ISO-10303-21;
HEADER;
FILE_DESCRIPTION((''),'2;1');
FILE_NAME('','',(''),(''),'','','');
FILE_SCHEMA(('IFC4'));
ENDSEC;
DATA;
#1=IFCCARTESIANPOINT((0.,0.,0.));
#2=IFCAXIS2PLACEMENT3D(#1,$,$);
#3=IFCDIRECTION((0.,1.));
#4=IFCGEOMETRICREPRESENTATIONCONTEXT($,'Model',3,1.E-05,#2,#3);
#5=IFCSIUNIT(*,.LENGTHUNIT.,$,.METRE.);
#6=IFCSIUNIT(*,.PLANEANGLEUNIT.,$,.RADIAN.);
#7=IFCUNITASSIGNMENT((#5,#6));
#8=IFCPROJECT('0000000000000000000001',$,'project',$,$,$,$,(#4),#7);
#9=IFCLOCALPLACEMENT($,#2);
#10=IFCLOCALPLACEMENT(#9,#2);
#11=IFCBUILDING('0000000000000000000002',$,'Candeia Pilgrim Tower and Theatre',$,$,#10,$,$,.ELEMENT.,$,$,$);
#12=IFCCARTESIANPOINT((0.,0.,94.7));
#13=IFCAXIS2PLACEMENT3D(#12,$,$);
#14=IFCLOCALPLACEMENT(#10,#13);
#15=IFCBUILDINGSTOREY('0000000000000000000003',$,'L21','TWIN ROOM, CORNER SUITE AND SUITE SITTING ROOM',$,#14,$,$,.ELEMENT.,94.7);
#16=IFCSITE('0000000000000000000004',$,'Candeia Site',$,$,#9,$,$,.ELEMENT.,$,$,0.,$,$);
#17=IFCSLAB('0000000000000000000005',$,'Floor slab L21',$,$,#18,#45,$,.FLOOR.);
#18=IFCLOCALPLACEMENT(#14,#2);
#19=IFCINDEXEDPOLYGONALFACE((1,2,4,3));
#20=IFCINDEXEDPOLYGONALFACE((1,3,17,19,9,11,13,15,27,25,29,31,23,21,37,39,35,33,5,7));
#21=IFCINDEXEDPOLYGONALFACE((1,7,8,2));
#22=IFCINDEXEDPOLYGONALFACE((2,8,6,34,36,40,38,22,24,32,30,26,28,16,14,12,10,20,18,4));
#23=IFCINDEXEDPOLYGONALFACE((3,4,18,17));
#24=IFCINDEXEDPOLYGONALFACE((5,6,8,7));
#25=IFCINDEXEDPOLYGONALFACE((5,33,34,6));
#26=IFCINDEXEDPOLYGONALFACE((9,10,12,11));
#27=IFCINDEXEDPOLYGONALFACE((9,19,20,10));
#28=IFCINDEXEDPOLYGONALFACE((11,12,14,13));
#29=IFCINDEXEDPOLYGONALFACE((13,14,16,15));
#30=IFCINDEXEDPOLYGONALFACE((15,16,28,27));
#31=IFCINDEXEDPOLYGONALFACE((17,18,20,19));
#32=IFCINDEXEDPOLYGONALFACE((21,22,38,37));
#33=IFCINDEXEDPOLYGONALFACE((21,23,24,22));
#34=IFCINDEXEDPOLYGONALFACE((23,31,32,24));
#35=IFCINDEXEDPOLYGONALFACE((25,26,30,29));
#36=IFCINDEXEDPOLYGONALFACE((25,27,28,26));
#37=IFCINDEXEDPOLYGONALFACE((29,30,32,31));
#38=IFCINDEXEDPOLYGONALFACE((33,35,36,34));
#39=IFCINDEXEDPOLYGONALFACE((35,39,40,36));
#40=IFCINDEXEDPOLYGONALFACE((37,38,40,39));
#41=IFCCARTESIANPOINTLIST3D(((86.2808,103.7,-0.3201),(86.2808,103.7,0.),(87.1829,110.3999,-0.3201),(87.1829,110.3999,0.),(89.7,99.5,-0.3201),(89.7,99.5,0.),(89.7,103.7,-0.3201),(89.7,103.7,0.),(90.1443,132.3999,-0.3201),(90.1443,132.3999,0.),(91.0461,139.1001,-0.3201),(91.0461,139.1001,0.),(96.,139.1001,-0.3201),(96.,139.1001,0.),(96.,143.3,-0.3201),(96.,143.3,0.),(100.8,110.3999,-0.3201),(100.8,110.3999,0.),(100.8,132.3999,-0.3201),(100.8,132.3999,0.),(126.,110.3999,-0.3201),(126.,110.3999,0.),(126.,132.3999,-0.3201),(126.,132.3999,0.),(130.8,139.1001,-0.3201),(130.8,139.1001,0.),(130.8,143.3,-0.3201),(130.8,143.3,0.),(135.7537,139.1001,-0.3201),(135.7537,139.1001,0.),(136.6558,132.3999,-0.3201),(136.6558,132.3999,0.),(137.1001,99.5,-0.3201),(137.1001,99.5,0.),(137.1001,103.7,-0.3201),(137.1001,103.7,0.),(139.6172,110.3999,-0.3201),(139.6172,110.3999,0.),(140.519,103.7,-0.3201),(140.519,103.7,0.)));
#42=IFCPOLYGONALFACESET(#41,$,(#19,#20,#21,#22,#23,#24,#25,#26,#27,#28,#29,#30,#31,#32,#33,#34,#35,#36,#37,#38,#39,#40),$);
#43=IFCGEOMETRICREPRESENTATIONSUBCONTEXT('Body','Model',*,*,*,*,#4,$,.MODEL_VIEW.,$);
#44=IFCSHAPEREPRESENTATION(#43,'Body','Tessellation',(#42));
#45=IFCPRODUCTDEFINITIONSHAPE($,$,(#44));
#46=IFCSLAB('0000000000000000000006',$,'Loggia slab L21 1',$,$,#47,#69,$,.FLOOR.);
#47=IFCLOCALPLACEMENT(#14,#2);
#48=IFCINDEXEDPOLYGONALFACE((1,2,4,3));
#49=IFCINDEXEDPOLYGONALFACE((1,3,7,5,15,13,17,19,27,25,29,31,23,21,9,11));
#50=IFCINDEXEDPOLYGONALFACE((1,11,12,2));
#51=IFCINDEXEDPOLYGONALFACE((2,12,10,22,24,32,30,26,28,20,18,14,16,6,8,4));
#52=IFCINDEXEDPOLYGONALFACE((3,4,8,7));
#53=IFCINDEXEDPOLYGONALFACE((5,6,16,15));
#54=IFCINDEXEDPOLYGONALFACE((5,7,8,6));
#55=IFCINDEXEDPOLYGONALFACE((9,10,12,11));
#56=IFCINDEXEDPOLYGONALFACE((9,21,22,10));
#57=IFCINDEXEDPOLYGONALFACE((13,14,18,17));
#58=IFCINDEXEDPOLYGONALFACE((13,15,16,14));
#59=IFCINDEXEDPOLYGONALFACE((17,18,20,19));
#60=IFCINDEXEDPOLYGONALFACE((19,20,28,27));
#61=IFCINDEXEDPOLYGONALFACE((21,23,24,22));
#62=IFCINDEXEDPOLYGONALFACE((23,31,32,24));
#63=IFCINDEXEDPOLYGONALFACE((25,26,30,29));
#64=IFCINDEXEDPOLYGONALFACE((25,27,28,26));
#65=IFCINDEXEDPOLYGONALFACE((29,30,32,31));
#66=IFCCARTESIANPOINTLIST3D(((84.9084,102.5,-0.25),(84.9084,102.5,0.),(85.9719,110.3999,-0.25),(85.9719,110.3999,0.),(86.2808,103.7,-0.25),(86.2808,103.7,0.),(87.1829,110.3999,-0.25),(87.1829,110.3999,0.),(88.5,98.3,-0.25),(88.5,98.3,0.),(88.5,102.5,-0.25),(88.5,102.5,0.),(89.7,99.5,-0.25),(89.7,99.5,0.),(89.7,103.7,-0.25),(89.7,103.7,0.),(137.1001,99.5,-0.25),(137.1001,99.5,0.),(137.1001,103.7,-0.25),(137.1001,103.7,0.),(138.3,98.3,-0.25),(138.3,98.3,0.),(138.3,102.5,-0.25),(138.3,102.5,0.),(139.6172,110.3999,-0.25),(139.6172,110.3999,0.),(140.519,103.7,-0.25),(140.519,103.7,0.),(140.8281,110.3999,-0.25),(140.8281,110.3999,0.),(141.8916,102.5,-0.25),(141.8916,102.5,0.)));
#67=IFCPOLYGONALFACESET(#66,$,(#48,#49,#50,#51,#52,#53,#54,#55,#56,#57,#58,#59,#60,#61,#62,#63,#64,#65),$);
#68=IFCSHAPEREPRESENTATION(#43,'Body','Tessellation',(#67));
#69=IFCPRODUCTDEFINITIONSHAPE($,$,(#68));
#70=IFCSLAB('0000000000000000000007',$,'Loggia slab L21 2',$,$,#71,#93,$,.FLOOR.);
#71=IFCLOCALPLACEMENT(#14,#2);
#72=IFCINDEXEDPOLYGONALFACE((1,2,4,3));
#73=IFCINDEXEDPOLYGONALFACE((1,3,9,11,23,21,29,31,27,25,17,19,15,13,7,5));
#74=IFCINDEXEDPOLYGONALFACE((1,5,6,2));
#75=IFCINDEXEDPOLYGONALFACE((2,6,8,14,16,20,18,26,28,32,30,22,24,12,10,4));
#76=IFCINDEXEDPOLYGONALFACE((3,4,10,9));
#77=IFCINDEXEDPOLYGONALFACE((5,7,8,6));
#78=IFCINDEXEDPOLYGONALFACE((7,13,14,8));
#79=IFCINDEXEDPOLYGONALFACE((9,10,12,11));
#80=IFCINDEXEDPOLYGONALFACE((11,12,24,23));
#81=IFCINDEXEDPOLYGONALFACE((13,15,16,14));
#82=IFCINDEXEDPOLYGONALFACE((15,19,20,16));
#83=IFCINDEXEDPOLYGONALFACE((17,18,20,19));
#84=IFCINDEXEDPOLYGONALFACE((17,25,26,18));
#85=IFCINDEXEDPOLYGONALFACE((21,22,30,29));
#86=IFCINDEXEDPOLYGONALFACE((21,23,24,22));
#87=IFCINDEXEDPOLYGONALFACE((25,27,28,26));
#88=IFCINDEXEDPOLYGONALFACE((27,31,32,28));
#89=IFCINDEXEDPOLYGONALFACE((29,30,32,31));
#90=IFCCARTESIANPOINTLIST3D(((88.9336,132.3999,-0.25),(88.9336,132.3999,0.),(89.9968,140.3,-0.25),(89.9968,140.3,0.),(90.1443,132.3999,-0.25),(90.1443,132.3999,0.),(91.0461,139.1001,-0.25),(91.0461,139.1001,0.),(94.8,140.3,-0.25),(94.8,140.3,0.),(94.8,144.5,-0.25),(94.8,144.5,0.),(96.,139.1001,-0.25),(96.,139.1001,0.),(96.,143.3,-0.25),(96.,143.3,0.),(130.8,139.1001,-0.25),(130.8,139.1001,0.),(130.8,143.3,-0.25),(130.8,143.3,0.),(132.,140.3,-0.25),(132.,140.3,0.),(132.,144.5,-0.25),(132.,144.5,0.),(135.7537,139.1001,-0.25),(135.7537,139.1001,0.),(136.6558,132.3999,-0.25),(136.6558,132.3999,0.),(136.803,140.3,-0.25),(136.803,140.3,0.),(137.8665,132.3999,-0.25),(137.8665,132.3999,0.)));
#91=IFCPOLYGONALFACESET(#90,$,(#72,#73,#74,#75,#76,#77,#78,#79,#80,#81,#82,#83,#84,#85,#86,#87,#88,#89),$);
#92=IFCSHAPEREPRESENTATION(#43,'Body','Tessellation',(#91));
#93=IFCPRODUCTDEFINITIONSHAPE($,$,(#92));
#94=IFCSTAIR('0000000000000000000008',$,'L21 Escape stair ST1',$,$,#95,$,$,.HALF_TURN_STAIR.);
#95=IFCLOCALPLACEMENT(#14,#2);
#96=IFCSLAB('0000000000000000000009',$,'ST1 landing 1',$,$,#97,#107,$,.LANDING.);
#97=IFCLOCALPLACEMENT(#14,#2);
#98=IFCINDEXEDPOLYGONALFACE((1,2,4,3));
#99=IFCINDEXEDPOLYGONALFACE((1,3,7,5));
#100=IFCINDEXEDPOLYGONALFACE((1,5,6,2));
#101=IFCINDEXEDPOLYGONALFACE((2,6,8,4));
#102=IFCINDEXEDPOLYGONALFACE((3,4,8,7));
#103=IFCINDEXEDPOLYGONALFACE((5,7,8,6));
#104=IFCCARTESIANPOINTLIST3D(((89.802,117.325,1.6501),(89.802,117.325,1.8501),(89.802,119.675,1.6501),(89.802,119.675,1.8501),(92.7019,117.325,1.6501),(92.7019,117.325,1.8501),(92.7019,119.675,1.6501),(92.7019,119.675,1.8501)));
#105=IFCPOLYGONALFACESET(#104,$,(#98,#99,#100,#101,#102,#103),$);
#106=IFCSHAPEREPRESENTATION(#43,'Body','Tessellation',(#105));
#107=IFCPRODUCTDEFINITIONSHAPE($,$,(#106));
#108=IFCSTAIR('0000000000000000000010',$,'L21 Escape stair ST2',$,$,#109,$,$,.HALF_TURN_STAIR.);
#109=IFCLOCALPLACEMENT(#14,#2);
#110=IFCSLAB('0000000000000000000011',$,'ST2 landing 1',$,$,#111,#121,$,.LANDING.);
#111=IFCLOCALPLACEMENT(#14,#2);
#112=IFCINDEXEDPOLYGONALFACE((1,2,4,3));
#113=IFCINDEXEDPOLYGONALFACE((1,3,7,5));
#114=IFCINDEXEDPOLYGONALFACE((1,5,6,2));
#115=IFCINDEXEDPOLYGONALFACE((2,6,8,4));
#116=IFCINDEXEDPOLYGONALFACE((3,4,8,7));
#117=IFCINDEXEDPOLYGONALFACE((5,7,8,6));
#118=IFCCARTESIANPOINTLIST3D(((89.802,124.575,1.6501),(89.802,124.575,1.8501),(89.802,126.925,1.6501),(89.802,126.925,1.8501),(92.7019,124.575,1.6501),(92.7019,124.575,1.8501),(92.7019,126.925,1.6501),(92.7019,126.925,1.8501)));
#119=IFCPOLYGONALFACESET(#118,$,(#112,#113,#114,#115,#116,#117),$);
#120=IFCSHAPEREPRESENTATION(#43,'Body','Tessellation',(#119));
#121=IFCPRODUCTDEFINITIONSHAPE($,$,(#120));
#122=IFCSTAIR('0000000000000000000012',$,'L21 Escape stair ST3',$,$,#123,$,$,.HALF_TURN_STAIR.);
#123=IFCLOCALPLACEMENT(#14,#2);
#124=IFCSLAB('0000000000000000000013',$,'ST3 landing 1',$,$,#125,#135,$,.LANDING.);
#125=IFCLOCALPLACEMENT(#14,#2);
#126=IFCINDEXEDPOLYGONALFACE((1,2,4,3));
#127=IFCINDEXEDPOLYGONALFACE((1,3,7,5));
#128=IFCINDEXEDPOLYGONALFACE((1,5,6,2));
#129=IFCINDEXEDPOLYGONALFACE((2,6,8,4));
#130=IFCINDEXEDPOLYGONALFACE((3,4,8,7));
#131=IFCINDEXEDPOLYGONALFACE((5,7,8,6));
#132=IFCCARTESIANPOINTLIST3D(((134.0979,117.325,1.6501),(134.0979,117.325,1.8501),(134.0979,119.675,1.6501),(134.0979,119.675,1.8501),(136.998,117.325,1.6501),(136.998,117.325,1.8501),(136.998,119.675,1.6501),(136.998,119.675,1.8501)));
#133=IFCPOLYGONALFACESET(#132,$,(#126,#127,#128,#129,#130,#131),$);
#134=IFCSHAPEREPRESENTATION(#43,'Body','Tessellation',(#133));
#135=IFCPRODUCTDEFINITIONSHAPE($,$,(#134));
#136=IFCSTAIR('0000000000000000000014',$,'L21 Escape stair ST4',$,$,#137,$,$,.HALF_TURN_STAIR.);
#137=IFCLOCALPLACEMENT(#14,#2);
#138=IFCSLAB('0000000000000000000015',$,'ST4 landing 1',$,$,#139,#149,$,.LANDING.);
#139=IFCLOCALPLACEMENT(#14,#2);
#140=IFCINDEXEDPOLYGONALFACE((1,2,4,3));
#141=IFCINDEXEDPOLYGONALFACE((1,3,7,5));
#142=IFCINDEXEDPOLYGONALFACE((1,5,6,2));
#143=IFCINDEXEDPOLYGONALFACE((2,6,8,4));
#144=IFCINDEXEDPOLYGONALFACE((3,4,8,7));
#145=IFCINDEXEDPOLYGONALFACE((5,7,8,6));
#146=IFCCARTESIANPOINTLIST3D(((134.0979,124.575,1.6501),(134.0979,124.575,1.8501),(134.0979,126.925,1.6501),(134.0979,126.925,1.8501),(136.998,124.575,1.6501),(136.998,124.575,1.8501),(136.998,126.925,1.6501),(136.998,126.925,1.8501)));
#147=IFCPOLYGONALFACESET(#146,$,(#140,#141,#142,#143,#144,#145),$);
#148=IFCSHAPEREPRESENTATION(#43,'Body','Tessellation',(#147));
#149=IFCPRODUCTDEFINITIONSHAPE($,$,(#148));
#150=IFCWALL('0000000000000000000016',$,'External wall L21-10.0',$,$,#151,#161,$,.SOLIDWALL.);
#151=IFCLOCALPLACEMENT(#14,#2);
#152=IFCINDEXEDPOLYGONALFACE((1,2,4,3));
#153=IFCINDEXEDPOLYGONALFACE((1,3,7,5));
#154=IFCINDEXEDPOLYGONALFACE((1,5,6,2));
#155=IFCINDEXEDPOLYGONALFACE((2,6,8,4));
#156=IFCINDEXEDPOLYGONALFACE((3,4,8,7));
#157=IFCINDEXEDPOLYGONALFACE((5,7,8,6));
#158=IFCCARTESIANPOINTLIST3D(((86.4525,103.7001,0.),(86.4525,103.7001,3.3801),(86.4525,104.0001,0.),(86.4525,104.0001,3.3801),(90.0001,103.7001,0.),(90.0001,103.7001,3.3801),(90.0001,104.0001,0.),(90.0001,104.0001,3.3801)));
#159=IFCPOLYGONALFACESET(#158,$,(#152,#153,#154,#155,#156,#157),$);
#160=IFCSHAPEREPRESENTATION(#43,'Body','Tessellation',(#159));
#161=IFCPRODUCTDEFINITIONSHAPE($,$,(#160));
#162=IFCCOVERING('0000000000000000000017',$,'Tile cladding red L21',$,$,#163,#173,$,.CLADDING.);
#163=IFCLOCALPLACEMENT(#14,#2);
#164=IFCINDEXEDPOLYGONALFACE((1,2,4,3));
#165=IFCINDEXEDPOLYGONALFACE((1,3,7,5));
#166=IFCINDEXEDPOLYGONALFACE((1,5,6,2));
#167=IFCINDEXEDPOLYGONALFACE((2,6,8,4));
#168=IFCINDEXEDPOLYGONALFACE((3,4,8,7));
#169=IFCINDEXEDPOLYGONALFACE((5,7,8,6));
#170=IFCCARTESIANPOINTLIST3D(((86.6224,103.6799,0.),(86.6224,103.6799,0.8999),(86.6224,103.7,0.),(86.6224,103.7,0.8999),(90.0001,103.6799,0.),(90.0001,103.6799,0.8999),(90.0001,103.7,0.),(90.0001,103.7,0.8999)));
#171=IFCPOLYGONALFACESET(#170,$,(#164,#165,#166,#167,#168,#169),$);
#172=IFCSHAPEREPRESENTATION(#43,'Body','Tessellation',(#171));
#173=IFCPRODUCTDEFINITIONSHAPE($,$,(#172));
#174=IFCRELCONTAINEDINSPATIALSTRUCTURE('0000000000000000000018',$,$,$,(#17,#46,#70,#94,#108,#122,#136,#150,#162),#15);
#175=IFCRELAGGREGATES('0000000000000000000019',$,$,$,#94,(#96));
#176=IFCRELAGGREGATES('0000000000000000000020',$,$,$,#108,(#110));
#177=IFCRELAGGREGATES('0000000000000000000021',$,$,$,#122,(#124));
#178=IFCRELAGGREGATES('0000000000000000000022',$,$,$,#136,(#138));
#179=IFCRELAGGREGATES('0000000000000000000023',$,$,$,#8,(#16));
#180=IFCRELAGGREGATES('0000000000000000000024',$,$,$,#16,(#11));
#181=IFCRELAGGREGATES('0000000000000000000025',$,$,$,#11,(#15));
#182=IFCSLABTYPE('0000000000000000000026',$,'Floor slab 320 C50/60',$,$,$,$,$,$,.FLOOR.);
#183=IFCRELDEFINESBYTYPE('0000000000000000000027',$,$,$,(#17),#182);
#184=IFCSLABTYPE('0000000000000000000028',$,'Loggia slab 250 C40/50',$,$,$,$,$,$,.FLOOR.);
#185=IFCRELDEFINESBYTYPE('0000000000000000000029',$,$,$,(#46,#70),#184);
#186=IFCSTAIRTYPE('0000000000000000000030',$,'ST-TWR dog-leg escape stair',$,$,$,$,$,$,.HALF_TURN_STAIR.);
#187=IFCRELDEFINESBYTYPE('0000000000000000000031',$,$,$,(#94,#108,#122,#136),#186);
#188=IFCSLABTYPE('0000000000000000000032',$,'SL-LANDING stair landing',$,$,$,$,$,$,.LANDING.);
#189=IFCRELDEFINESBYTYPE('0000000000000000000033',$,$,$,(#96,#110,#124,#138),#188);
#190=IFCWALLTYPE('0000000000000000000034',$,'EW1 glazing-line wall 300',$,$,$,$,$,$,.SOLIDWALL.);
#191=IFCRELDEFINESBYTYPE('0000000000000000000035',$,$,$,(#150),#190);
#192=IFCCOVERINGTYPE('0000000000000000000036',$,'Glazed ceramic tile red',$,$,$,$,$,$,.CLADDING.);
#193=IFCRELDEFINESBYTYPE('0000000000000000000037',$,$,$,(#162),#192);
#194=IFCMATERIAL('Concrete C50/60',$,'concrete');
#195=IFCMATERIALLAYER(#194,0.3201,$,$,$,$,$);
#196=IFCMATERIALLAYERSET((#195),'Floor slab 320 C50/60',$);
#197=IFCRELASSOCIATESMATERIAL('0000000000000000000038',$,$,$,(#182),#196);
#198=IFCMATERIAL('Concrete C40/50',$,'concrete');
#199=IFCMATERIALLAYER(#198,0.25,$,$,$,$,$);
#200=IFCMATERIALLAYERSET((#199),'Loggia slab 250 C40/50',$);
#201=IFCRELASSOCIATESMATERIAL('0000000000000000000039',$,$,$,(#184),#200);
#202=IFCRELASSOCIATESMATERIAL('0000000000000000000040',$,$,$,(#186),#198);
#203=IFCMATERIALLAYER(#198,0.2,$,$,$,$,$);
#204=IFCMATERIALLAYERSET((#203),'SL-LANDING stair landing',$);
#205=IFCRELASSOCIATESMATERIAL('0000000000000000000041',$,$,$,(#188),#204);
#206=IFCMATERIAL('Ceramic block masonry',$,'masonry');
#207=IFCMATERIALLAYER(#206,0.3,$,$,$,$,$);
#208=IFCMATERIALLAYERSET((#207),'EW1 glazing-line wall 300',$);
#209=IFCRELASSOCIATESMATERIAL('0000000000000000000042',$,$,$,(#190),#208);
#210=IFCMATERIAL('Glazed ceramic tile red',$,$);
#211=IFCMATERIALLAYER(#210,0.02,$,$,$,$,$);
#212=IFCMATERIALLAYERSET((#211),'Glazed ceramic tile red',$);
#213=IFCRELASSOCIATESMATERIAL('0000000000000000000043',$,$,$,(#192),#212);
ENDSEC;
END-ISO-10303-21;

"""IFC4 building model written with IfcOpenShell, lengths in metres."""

from ifc_helpers import new_model, si_unit, direction, frame, frame_2d, origin, origin_2d, place, context, subcontext, project, spatial, polyline, rectangle, outline, extrude, material, layer, layer_set, type_object, element, aggregate, save


model = new_model("IFC4")

# Units and contexts
model_context = context("Model", 3, precision=1e-05, world=origin(), true_north=direction((0.0, 1.0)))
body_context = subcontext(model_context, "Body", "Model", "MODEL_VIEW")
ifc_project = project(units=[si_unit("LENGTHUNIT", "METRE"), si_unit("PLANEANGLEUNIT", "RADIAN")], contexts=[model_context])

# Site, building, storey
site_placement = place(None, origin())
site = spatial("IfcSite", under=ifc_project, at=site_placement, Name="Candeia Site", CompositionType="ELEMENT", RefElevation=0.0)
building_placement = place(site_placement, origin())
building = spatial("IfcBuilding", under=site, at=building_placement, Name="Candeia Pilgrim Tower and Theatre", CompositionType="ELEMENT")
storey_placement = place(building_placement, frame((0.0, 0.0, 94.7)))
storey = spatial("IfcBuildingStorey", under=building, at=storey_placement, Name="L21", Description="TWIN ROOM, CORNER SUITE AND SUITE SITTING ROOM", CompositionType="ELEMENT", Elevation=94.7)

# Slabs
ifc_material_1 = material(Name="Concrete C40/50", Category="concrete")
ifc_material_2 = material(Name="Concrete C50/60", Category="concrete")
ifc_layer_1 = layer(ifc_material_2, 0.3201)
ifc_layer_set_1 = layer_set([ifc_layer_1], Name="Floor slab 320 C50/60")
slab_type_1 = type_object("IfcSlabType", Name="Floor slab 320 C50/60", PredefinedType="FLOOR", material=ifc_layer_set_1)
slab_1_placement = place(storey_placement, frame((0.0, 0.0, -0.3201)))
element("IfcSlab", 1, at=slab_1_placement, inside=storey, type_object=slab_type_1, Name="Floor slab L21", PredefinedType="FLOOR", context=body_context, shape_type="SweptSolid", body=[
    extrude(outline(polyline([(96.0, 139.1001), (96.0, 143.3), (130.8, 143.3), (130.8, 139.1001), (135.7537, 139.1001), (136.6558, 132.3999), (126.0, 132.3999), (126.0, 110.3999), (139.6172, 110.3999), (140.519, 103.7), (137.1001, 103.7), (137.1001, 99.5), (89.7, 99.5), (89.7, 103.7), (86.2808, 103.7), (87.1829, 110.3999), (100.8, 110.3999), (100.8, 132.3999), (90.1443, 132.3999), (91.0461, 139.1001), (96.0, 139.1001)])), origin(), (0.0, 0.0, 1.0), 0.3201),
])
ifc_layer_2 = layer(ifc_material_1, 0.25)
ifc_layer_set_2 = layer_set([ifc_layer_2], Name="Loggia slab 250 C40/50")
slab_type_2 = type_object("IfcSlabType", Name="Loggia slab 250 C40/50", PredefinedType="FLOOR", material=ifc_layer_set_2)
slab_2_placement = place(storey_placement, frame((0.0, 0.0, -0.25)))
element("IfcSlab", 2, at=slab_2_placement, inside=storey, type_object=slab_type_2, Name="Loggia slab L21 1", PredefinedType="FLOOR", context=body_context, shape_type="SweptSolid", body=[
    extrude(outline(polyline([(87.1829, 110.3999), (86.2808, 103.7), (89.7, 103.7), (89.7, 99.5), (137.1001, 99.5), (137.1001, 103.7), (140.519, 103.7), (139.6172, 110.3999), (140.8281, 110.3999), (141.8916, 102.5), (138.3, 102.5), (138.3, 98.3), (88.5, 98.3), (88.5, 102.5), (84.9084, 102.5), (85.9719, 110.3999), (87.1829, 110.3999)])), origin(), (0.0, 0.0, 1.0), 0.25),
])
slab_3_placement = place(storey_placement, frame((0.0, 0.0, -0.25)))
element("IfcSlab", 3, at=slab_3_placement, inside=storey, type_object=slab_type_2, Name="Loggia slab L21 2", PredefinedType="FLOOR", context=body_context, shape_type="SweptSolid", body=[
    extrude(outline(polyline([(136.6558, 132.3999), (135.7537, 139.1001), (130.8, 139.1001), (130.8, 143.3), (96.0, 143.3), (96.0, 139.1001), (91.0461, 139.1001), (90.1443, 132.3999), (88.9336, 132.3999), (89.9968, 140.3), (94.8, 140.3), (94.8, 144.5), (132.0, 144.5), (132.0, 140.3), (136.803, 140.3), (137.8665, 132.3999), (136.6558, 132.3999)])), origin(), (0.0, 0.0, 1.0), 0.25),
])

# Stairs, slabs
stair_type = type_object("IfcStairType", Name="ST-TWR dog-leg escape stair", PredefinedType="HALF_TURN_STAIR", material=ifc_material_1)
stair_1_placement = place(storey_placement, origin())
stair_1 = element("IfcStair", 4, at=stair_1_placement, inside=storey, type_object=stair_type, Name="L21 Escape stair ST1", PredefinedType="HALF_TURN_STAIR")
ifc_layer_3 = layer(ifc_material_1, 0.2)
ifc_layer_set_3 = layer_set([ifc_layer_3], Name="SL-LANDING stair landing")
slab_type_3 = type_object("IfcSlabType", Name="SL-LANDING stair landing", PredefinedType="LANDING", material=ifc_layer_set_3)
slab_4_placement = place(storey_placement, frame((0.0, 0.0, 1.6501)))
slab_4 = element("IfcSlab", 5, at=slab_4_placement, type_object=slab_type_3, Name="ST1 landing 1", PredefinedType="LANDING", context=body_context, shape_type="SweptSolid", body=[
    extrude(outline(polyline([(89.802, 119.675), (89.802, 117.325), (92.7019, 117.325), (92.7019, 119.675), (89.802, 119.675)])), origin(), (0.0, 0.0, 1.0), 0.2),
])
aggregate(stair_1, [slab_4])
stair_2_placement = place(storey_placement, origin())
stair_2 = element("IfcStair", 6, at=stair_2_placement, inside=storey, type_object=stair_type, Name="L21 Escape stair ST2", PredefinedType="HALF_TURN_STAIR")
slab_5_placement = place(storey_placement, frame((0.0, 0.0, 1.6501)))
slab_5 = element("IfcSlab", 7, at=slab_5_placement, type_object=slab_type_3, Name="ST2 landing 1", PredefinedType="LANDING", context=body_context, shape_type="SweptSolid", body=[
    extrude(outline(polyline([(89.802, 126.925), (89.802, 124.575), (92.7019, 124.575), (92.7019, 126.925), (89.802, 126.925)])), origin(), (0.0, 0.0, 1.0), 0.2),
])
aggregate(stair_2, [slab_5])
stair_3_placement = place(storey_placement, origin())
stair_3 = element("IfcStair", 8, at=stair_3_placement, inside=storey, type_object=stair_type, Name="L21 Escape stair ST3", PredefinedType="HALF_TURN_STAIR")
slab_6_placement = place(storey_placement, frame((0.0, 0.0, 1.6501)))
slab_6 = element("IfcSlab", 9, at=slab_6_placement, type_object=slab_type_3, Name="ST3 landing 1", PredefinedType="LANDING", context=body_context, shape_type="SweptSolid", body=[
    extrude(outline(polyline([(134.0979, 119.675), (134.0979, 117.325), (136.998, 117.325), (136.998, 119.675), (134.0979, 119.675)])), origin(), (0.0, 0.0, 1.0), 0.2),
])
aggregate(stair_3, [slab_6])
stair_4_placement = place(storey_placement, origin())
stair_4 = element("IfcStair", 10, at=stair_4_placement, inside=storey, type_object=stair_type, Name="L21 Escape stair ST4", PredefinedType="HALF_TURN_STAIR")
slab_7_placement = place(storey_placement, frame((0.0, 0.0, 1.6501)))
slab_7 = element("IfcSlab", 11, at=slab_7_placement, type_object=slab_type_3, Name="ST4 landing 1", PredefinedType="LANDING", context=body_context, shape_type="SweptSolid", body=[
    extrude(outline(polyline([(134.0979, 126.925), (134.0979, 124.575), (136.998, 124.575), (136.998, 126.925), (134.0979, 126.925)])), origin(), (0.0, 0.0, 1.0), 0.2),
])
aggregate(stair_4, [slab_7])

# Wall
ifc_material_3 = material(Name="Ceramic block masonry", Category="masonry")
ifc_layer_4 = layer(ifc_material_3, 0.3)
ifc_layer_set_4 = layer_set([ifc_layer_4], Name="EW1 glazing-line wall 300")
wall_type = type_object("IfcWallType", Name="EW1 glazing-line wall 300", PredefinedType="SOLIDWALL", material=ifc_layer_set_4)
wall_placement = place(storey_placement, frame((86.4524, 103.8501, 0.0), z_axis=(0.0, 0.0, 1.0), x_axis=(1.0, 0.0, 0.0)))
element("IfcWall", 12, at=wall_placement, inside=storey, type_object=wall_type, Name="External wall L21-10.0", PredefinedType="SOLIDWALL", context=body_context, shape_type="SweptSolid", body=[
    extrude(rectangle(XDim=3.5476, YDim=0.3, at=frame_2d((1.7739, 0.0))), origin(), (0.0, 0.0, 1.0), 3.3801),
])

# Covering
ifc_material_4 = material(Name="Glazed ceramic tile red")
ifc_layer_5 = layer(ifc_material_4, 0.02)
ifc_layer_set_5 = layer_set([ifc_layer_5], Name="Glazed ceramic tile red")
covering_type = type_object("IfcCoveringType", Name="Glazed ceramic tile red", PredefinedType="CLADDING", material=ifc_layer_set_5)
covering_placement = place(storey_placement, frame((88.3113, 103.6899, 0.0), z_axis=(0.0, 0.0, 1.0), x_axis=(1.0, 0.0, 0.0)))
element("IfcCovering", 13, at=covering_placement, inside=storey, type_object=covering_type, Name="Tile cladding red L21", PredefinedType="CLADDING", context=body_context, shape_type="SweptSolid", body=[
    extrude(rectangle(XDim=3.3777, YDim=0.02, at=origin_2d()), origin(), (0.0, 0.0, 1.0), 0.8999),
])

save(model, "model.ifc")
